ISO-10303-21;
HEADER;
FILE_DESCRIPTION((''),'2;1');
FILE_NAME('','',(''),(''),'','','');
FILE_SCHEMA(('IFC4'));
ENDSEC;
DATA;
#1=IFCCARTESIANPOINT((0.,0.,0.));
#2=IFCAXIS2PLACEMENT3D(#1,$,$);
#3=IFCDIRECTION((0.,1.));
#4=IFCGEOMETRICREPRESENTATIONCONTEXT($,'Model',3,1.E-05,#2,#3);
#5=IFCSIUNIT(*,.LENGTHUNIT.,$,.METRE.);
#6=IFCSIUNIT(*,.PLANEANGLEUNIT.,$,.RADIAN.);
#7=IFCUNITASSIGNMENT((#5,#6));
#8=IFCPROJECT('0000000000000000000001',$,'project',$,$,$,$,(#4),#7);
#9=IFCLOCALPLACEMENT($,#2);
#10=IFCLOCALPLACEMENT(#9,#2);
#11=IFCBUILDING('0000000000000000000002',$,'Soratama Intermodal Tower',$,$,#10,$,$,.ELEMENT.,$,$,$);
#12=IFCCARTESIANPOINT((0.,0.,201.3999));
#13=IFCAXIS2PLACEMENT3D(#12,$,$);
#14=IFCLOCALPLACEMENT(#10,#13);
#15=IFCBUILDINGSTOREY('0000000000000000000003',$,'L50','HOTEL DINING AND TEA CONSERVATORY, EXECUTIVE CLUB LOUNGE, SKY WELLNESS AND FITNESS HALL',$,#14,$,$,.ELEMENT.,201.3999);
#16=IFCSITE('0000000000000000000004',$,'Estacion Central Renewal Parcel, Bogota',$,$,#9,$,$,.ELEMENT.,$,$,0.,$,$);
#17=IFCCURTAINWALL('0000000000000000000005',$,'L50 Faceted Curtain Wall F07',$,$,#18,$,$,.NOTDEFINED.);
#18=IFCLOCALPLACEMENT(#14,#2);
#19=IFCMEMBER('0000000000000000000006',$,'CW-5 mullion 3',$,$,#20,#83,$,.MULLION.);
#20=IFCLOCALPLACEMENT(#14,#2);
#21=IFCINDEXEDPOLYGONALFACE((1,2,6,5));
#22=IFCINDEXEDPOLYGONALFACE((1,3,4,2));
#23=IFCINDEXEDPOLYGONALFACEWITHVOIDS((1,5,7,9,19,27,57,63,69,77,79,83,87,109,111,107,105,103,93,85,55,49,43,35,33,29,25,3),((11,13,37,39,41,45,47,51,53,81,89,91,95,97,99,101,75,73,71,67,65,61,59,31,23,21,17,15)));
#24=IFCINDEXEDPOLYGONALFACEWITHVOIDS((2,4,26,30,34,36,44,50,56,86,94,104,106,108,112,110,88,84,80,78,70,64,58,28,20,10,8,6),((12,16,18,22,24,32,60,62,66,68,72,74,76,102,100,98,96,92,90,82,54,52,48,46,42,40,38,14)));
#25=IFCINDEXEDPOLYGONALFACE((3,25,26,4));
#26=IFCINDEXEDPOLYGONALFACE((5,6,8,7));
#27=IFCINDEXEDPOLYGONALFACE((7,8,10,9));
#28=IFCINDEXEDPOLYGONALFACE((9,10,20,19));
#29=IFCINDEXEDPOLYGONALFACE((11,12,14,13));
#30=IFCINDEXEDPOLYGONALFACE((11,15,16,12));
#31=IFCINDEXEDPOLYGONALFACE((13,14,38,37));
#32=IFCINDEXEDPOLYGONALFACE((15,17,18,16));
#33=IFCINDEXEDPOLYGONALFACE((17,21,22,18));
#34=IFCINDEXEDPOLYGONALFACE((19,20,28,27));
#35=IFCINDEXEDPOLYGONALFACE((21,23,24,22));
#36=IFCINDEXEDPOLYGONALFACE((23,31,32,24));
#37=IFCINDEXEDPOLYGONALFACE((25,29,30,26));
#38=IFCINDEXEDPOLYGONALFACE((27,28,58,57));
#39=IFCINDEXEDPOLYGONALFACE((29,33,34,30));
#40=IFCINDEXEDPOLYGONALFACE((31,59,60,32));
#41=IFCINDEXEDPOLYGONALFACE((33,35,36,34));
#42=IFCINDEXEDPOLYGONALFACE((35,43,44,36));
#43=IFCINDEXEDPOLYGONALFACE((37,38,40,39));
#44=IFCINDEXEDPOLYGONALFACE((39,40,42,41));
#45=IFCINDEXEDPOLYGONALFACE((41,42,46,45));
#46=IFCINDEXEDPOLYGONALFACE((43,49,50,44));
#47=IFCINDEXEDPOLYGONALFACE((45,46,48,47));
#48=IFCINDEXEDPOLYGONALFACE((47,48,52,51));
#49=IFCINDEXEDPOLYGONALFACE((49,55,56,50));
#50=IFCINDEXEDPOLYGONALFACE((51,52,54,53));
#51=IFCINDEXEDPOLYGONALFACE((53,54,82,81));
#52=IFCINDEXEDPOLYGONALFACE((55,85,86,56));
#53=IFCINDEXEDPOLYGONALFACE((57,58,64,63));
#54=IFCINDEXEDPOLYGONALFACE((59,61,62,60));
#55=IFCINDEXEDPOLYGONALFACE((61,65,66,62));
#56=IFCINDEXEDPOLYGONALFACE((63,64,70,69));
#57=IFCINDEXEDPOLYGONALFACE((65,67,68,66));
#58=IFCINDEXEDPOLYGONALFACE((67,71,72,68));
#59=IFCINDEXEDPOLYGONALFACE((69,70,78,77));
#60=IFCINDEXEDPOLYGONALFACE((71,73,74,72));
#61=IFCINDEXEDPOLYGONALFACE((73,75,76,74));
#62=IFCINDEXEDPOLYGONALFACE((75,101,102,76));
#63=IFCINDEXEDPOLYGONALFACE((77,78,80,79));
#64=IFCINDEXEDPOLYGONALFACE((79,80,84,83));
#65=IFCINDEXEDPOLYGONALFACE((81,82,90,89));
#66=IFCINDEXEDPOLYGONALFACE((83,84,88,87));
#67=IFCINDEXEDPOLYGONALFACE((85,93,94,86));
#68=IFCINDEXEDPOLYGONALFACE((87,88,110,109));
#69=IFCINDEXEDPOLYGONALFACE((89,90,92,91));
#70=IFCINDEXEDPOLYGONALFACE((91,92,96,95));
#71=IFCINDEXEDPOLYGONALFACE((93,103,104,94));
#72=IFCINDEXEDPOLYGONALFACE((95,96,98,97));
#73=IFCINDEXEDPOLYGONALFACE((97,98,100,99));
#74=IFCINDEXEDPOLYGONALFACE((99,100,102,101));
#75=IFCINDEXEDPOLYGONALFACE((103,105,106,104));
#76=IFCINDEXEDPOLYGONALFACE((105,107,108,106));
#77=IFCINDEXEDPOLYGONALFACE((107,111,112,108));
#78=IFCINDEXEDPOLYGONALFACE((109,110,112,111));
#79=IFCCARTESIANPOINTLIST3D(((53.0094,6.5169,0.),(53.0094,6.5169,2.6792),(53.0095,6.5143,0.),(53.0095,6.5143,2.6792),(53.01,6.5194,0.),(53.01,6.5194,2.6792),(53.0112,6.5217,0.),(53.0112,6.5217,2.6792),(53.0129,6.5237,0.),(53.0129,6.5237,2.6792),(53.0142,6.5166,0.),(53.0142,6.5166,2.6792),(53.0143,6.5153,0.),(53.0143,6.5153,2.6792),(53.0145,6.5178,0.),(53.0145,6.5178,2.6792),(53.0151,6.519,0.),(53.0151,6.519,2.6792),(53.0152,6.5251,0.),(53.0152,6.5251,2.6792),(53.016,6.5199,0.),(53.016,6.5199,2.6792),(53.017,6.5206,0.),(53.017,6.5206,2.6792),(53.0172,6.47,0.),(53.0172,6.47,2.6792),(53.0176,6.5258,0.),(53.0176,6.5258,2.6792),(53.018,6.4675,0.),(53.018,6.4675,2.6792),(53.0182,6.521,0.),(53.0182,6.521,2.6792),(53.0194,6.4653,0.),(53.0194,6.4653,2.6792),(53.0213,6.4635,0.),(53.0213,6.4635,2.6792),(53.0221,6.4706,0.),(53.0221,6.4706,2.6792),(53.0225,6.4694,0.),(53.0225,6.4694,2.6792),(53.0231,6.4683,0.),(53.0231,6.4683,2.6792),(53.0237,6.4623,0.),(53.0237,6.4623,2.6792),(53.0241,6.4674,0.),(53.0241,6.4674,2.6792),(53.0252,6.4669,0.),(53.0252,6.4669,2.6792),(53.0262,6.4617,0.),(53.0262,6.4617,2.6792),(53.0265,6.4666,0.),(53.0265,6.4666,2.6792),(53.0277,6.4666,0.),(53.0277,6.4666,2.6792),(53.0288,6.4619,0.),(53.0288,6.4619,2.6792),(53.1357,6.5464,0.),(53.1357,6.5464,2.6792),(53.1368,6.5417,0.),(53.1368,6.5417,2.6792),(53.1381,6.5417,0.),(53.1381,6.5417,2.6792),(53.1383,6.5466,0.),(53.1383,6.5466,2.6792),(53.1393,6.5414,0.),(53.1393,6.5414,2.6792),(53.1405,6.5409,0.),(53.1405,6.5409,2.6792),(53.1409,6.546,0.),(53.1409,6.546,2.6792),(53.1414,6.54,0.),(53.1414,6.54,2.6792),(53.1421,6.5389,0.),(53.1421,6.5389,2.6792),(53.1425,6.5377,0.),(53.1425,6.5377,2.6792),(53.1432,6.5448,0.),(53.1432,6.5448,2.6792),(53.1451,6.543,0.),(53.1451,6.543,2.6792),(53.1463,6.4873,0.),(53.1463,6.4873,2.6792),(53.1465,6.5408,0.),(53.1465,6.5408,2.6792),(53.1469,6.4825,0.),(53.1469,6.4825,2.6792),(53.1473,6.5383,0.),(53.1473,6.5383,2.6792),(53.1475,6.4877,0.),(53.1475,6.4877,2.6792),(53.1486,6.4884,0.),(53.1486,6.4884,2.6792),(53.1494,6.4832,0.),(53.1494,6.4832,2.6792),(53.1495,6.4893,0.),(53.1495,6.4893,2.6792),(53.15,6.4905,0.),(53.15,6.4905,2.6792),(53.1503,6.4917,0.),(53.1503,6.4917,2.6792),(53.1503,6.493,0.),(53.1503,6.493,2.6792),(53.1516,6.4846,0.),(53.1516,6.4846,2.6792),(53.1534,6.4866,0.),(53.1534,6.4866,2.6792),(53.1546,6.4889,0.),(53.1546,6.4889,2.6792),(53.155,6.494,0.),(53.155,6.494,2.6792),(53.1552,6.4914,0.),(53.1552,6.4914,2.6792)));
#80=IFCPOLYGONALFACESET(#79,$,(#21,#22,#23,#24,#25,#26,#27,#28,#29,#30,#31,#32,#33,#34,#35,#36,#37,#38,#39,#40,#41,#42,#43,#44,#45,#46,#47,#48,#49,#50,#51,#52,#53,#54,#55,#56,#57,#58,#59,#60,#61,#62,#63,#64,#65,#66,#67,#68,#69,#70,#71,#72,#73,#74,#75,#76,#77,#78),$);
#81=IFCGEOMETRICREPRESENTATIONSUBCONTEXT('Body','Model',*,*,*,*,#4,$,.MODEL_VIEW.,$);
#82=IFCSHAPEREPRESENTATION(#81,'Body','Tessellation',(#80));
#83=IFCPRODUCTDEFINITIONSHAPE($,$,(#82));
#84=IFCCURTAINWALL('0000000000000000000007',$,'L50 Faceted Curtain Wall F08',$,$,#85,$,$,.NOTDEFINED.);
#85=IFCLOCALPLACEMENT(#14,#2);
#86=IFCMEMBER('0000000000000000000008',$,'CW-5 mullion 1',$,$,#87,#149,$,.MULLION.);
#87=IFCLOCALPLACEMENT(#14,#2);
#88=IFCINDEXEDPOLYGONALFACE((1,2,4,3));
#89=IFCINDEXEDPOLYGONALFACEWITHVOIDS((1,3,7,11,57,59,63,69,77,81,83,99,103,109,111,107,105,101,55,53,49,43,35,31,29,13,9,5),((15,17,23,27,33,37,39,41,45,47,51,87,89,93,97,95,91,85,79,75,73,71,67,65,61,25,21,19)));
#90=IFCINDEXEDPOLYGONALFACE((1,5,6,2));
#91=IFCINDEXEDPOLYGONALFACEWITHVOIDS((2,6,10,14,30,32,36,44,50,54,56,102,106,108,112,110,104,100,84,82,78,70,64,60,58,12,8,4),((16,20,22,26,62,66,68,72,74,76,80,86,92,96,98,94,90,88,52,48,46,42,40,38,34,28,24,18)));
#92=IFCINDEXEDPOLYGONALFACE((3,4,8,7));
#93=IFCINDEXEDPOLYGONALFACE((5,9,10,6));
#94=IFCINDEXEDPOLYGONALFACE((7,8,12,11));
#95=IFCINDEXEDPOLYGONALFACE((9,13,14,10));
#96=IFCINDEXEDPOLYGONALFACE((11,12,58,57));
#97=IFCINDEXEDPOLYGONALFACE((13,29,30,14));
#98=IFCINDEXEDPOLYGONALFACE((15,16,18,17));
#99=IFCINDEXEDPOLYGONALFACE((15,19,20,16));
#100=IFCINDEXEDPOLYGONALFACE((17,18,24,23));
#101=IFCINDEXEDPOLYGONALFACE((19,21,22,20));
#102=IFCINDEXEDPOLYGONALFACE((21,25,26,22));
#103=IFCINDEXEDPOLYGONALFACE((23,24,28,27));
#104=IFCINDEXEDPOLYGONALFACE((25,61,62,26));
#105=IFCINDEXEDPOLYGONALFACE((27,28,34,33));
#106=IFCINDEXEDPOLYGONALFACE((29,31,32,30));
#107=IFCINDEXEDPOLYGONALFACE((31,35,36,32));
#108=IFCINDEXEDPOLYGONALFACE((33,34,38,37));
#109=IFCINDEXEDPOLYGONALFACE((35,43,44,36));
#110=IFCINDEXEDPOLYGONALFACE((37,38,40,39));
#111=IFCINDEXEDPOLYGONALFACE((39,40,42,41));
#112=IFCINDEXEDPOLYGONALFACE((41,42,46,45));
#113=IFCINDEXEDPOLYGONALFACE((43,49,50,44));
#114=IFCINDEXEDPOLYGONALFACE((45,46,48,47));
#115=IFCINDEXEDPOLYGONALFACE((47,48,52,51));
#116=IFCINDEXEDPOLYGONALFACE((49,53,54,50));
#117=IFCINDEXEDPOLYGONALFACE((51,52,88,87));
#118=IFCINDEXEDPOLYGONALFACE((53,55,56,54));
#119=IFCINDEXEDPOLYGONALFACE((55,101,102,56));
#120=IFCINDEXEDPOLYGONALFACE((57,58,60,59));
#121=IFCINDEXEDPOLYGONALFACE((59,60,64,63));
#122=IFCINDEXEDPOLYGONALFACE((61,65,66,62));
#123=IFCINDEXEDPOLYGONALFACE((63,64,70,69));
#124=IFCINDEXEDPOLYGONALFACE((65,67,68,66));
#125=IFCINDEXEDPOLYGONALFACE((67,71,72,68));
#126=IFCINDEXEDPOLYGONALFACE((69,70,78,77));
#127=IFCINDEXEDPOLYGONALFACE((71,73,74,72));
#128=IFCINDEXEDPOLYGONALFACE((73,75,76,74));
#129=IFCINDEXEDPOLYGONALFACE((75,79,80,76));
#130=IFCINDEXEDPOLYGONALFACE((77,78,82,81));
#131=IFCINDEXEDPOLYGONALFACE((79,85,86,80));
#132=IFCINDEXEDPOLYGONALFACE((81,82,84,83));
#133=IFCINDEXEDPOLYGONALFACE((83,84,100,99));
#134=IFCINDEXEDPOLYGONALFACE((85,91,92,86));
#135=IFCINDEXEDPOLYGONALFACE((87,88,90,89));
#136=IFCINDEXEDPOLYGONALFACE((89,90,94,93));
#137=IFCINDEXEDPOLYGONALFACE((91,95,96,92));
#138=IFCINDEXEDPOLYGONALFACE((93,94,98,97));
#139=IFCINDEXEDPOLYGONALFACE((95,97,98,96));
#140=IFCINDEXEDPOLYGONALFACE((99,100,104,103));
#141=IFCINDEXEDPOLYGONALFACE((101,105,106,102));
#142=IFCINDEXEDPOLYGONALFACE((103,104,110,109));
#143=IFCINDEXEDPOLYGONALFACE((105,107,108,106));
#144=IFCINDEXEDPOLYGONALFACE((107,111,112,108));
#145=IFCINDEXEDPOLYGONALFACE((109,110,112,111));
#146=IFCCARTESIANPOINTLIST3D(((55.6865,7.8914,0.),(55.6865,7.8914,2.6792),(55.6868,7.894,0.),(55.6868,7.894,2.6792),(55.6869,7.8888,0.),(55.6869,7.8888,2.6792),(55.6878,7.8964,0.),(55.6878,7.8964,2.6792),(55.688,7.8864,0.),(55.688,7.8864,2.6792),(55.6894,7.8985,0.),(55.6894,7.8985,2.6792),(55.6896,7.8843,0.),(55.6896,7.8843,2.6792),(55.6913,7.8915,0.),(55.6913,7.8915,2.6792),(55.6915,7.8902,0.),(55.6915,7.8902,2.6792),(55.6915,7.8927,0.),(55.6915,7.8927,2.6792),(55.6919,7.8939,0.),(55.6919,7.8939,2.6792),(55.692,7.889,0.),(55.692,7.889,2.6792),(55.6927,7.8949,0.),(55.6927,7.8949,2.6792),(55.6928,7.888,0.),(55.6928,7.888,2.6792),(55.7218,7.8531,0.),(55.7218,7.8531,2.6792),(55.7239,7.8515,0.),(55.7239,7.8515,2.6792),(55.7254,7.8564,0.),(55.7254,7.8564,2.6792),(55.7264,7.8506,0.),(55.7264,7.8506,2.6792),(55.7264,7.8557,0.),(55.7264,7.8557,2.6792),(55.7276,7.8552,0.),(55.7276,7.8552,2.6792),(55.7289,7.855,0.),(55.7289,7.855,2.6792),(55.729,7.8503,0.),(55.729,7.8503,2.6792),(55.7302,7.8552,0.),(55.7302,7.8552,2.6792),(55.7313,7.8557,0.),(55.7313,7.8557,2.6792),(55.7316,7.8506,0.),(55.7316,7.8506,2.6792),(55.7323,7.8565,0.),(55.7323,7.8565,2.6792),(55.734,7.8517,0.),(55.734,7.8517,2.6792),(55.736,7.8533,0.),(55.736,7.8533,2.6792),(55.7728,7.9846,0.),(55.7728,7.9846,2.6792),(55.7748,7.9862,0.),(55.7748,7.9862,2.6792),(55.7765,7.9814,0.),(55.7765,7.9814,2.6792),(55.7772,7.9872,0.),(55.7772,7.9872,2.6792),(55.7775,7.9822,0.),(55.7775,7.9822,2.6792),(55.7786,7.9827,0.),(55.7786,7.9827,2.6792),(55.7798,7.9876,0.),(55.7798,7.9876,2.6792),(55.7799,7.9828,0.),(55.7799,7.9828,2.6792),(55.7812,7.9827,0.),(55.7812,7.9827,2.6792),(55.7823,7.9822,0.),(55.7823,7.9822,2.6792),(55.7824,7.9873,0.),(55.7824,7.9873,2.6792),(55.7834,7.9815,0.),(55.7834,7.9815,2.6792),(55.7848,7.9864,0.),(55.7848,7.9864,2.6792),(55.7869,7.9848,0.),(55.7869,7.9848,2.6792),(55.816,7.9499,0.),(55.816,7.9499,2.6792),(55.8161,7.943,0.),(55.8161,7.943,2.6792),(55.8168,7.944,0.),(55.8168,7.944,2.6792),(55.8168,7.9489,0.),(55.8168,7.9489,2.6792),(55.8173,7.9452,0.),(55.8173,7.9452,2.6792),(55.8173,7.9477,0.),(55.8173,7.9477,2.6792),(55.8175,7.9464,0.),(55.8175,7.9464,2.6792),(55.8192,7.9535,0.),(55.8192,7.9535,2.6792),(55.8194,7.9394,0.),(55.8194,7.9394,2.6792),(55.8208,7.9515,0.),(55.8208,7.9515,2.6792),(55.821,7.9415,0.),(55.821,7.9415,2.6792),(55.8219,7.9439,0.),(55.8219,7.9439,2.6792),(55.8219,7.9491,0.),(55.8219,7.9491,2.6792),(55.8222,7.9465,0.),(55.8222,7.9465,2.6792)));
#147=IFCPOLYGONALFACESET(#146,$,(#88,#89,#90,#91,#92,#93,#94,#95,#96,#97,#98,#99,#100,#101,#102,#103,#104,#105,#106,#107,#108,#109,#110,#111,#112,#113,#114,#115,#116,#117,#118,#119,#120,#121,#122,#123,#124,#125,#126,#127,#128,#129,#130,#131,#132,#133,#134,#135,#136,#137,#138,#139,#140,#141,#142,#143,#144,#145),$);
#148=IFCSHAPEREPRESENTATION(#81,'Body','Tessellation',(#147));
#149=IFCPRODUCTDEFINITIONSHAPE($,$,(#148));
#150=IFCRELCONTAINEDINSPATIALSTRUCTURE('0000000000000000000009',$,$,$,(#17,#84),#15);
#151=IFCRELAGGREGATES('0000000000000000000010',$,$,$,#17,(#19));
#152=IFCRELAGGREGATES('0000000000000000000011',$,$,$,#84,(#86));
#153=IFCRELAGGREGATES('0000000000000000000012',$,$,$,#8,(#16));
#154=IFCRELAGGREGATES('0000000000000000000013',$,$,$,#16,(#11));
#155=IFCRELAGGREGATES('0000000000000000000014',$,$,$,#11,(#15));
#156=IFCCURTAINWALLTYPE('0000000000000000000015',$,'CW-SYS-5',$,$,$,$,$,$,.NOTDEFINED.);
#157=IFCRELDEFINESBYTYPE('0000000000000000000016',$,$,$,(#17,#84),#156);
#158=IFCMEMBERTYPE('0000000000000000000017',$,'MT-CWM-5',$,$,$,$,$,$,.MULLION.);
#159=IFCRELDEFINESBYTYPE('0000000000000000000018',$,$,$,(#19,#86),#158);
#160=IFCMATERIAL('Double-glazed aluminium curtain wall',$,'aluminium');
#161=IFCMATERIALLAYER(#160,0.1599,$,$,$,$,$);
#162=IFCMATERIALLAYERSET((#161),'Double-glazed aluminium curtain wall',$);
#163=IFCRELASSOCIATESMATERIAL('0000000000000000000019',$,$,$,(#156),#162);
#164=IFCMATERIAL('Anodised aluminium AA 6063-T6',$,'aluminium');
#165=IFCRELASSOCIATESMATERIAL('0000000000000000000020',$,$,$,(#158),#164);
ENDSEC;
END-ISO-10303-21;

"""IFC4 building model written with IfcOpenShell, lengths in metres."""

from ifc_helpers import new_model, si_unit, direction, frame, origin, origin_2d, place, context, subcontext, project, spatial, hollow_rectangle, extrude, material, layer, layer_set, material_profile, profile_set, type_object, element, aggregate, save


model = new_model("IFC4")

# Units and contexts
model_context = context("Model", 3, precision=1e-05, world=origin(), true_north=direction((0.0, 1.0)))
body_context = subcontext(model_context, "Body", "Model", "MODEL_VIEW")
ifc_project = project(units=[si_unit("LENGTHUNIT", "METRE"), si_unit("PLANEANGLEUNIT", "RADIAN")], contexts=[model_context])

# Site, building, storey
site_placement = place(None, origin())
site = spatial("IfcSite", under=ifc_project, at=site_placement, Name="Estacion Central Renewal Parcel, Bogota", CompositionType="ELEMENT", RefElevation=0.0)
building_placement = place(site_placement, origin())
building = spatial("IfcBuilding", under=site, at=building_placement, Name="Soratama Intermodal Tower", CompositionType="ELEMENT")
storey_placement = place(building_placement, frame((0.0, 0.0, 201.3999)))
storey = spatial("IfcBuildingStorey", under=building, at=storey_placement, Name="L50", Description="HOTEL DINING AND TEA CONSERVATORY, EXECUTIVE CLUB LOUNGE, SKY WELLNESS AND FITNESS HALL", CompositionType="ELEMENT", Elevation=201.3999)

# Curtain walls, members
ifc_material_1 = material(Name="Double-glazed aluminium curtain wall", Category="aluminium")
ifc_layer_1 = layer(ifc_material_1, 0.1599)
ifc_layer_set_1 = layer_set([ifc_layer_1], Name="Double-glazed aluminium curtain wall")
curtain_wall_type = type_object("IfcCurtainWallType", Name="CW-SYS-5", PredefinedType="NOTDEFINED", material=ifc_layer_set_1)
curtain_wall_1_placement = place(storey_placement, origin())
curtain_wall_1 = element("IfcCurtainWall", 1, at=curtain_wall_1_placement, inside=storey, type_object=curtain_wall_type, Name="L50 Faceted Curtain Wall F07", PredefinedType="NOTDEFINED")
ifc_material_2 = material(Name="Anodised aluminium AA 6063-T6", Category="aluminium")
ifc_material_profile_1 = material_profile(ifc_material_2, hollow_rectangle(XDim=0.0649, YDim=0.1399, WallThickness=0.0049, InnerFilletRadius=0.0049, OuterFilletRadius=0.01, at=origin_2d()), Name="CWM140X65X5")
ifc_profile_set_1 = profile_set([ifc_material_profile_1], Name="Anodised aluminium AA 6063-T6")
member_type_1 = type_object("IfcMemberType", Name="MT-CWM-5", PredefinedType="MULLION", material=ifc_profile_set_1)
member_1_placement = place(storey_placement, frame((53.0823, 6.5042, 0.0), z_axis=(0.0, 0.0, 1.0), x_axis=(-0.171933, 0.985109, 0.0)))
member_1 = element("IfcMember", 2, at=member_1_placement, type_object=member_type_1, Name="CW-5 mullion 3", PredefinedType="MULLION", context=body_context, shape_type="SweptSolid", body=[
    extrude(hollow_rectangle(XDim=0.0649, YDim=0.1399, WallThickness=0.0049, InnerFilletRadius=0.0049, OuterFilletRadius=0.01, at=origin_2d()), origin(), (0.0, 0.0, 1.0), 2.6792),
])
curtain_wall_2_placement = place(storey_placement, origin())
curtain_wall_2 = element("IfcCurtainWall", 3, at=curtain_wall_2_placement, inside=storey, type_object=curtain_wall_type, Name="L50 Faceted Curtain Wall F08", PredefinedType="NOTDEFINED")
member_2_placement = place(storey_placement, frame((55.7544, 7.9189, 0.0), z_axis=(0.0, 0.0, 1.0), x_axis=(-0.718127, 0.695912, 0.0)))
member_2 = element("IfcMember", 4, at=member_2_placement, type_object=member_type_1, Name="CW-5 mullion 1", PredefinedType="MULLION", context=body_context, shape_type="SweptSolid", body=[
    extrude(hollow_rectangle(XDim=0.0649, YDim=0.1399, WallThickness=0.0049, InnerFilletRadius=0.0049, OuterFilletRadius=0.01, at=origin_2d()), origin(), (0.0, 0.0, 1.0), 2.6792),
])

aggregate(curtain_wall_1, [member_1])
aggregate(curtain_wall_2, [member_2])

save(model, "model.ifc")
